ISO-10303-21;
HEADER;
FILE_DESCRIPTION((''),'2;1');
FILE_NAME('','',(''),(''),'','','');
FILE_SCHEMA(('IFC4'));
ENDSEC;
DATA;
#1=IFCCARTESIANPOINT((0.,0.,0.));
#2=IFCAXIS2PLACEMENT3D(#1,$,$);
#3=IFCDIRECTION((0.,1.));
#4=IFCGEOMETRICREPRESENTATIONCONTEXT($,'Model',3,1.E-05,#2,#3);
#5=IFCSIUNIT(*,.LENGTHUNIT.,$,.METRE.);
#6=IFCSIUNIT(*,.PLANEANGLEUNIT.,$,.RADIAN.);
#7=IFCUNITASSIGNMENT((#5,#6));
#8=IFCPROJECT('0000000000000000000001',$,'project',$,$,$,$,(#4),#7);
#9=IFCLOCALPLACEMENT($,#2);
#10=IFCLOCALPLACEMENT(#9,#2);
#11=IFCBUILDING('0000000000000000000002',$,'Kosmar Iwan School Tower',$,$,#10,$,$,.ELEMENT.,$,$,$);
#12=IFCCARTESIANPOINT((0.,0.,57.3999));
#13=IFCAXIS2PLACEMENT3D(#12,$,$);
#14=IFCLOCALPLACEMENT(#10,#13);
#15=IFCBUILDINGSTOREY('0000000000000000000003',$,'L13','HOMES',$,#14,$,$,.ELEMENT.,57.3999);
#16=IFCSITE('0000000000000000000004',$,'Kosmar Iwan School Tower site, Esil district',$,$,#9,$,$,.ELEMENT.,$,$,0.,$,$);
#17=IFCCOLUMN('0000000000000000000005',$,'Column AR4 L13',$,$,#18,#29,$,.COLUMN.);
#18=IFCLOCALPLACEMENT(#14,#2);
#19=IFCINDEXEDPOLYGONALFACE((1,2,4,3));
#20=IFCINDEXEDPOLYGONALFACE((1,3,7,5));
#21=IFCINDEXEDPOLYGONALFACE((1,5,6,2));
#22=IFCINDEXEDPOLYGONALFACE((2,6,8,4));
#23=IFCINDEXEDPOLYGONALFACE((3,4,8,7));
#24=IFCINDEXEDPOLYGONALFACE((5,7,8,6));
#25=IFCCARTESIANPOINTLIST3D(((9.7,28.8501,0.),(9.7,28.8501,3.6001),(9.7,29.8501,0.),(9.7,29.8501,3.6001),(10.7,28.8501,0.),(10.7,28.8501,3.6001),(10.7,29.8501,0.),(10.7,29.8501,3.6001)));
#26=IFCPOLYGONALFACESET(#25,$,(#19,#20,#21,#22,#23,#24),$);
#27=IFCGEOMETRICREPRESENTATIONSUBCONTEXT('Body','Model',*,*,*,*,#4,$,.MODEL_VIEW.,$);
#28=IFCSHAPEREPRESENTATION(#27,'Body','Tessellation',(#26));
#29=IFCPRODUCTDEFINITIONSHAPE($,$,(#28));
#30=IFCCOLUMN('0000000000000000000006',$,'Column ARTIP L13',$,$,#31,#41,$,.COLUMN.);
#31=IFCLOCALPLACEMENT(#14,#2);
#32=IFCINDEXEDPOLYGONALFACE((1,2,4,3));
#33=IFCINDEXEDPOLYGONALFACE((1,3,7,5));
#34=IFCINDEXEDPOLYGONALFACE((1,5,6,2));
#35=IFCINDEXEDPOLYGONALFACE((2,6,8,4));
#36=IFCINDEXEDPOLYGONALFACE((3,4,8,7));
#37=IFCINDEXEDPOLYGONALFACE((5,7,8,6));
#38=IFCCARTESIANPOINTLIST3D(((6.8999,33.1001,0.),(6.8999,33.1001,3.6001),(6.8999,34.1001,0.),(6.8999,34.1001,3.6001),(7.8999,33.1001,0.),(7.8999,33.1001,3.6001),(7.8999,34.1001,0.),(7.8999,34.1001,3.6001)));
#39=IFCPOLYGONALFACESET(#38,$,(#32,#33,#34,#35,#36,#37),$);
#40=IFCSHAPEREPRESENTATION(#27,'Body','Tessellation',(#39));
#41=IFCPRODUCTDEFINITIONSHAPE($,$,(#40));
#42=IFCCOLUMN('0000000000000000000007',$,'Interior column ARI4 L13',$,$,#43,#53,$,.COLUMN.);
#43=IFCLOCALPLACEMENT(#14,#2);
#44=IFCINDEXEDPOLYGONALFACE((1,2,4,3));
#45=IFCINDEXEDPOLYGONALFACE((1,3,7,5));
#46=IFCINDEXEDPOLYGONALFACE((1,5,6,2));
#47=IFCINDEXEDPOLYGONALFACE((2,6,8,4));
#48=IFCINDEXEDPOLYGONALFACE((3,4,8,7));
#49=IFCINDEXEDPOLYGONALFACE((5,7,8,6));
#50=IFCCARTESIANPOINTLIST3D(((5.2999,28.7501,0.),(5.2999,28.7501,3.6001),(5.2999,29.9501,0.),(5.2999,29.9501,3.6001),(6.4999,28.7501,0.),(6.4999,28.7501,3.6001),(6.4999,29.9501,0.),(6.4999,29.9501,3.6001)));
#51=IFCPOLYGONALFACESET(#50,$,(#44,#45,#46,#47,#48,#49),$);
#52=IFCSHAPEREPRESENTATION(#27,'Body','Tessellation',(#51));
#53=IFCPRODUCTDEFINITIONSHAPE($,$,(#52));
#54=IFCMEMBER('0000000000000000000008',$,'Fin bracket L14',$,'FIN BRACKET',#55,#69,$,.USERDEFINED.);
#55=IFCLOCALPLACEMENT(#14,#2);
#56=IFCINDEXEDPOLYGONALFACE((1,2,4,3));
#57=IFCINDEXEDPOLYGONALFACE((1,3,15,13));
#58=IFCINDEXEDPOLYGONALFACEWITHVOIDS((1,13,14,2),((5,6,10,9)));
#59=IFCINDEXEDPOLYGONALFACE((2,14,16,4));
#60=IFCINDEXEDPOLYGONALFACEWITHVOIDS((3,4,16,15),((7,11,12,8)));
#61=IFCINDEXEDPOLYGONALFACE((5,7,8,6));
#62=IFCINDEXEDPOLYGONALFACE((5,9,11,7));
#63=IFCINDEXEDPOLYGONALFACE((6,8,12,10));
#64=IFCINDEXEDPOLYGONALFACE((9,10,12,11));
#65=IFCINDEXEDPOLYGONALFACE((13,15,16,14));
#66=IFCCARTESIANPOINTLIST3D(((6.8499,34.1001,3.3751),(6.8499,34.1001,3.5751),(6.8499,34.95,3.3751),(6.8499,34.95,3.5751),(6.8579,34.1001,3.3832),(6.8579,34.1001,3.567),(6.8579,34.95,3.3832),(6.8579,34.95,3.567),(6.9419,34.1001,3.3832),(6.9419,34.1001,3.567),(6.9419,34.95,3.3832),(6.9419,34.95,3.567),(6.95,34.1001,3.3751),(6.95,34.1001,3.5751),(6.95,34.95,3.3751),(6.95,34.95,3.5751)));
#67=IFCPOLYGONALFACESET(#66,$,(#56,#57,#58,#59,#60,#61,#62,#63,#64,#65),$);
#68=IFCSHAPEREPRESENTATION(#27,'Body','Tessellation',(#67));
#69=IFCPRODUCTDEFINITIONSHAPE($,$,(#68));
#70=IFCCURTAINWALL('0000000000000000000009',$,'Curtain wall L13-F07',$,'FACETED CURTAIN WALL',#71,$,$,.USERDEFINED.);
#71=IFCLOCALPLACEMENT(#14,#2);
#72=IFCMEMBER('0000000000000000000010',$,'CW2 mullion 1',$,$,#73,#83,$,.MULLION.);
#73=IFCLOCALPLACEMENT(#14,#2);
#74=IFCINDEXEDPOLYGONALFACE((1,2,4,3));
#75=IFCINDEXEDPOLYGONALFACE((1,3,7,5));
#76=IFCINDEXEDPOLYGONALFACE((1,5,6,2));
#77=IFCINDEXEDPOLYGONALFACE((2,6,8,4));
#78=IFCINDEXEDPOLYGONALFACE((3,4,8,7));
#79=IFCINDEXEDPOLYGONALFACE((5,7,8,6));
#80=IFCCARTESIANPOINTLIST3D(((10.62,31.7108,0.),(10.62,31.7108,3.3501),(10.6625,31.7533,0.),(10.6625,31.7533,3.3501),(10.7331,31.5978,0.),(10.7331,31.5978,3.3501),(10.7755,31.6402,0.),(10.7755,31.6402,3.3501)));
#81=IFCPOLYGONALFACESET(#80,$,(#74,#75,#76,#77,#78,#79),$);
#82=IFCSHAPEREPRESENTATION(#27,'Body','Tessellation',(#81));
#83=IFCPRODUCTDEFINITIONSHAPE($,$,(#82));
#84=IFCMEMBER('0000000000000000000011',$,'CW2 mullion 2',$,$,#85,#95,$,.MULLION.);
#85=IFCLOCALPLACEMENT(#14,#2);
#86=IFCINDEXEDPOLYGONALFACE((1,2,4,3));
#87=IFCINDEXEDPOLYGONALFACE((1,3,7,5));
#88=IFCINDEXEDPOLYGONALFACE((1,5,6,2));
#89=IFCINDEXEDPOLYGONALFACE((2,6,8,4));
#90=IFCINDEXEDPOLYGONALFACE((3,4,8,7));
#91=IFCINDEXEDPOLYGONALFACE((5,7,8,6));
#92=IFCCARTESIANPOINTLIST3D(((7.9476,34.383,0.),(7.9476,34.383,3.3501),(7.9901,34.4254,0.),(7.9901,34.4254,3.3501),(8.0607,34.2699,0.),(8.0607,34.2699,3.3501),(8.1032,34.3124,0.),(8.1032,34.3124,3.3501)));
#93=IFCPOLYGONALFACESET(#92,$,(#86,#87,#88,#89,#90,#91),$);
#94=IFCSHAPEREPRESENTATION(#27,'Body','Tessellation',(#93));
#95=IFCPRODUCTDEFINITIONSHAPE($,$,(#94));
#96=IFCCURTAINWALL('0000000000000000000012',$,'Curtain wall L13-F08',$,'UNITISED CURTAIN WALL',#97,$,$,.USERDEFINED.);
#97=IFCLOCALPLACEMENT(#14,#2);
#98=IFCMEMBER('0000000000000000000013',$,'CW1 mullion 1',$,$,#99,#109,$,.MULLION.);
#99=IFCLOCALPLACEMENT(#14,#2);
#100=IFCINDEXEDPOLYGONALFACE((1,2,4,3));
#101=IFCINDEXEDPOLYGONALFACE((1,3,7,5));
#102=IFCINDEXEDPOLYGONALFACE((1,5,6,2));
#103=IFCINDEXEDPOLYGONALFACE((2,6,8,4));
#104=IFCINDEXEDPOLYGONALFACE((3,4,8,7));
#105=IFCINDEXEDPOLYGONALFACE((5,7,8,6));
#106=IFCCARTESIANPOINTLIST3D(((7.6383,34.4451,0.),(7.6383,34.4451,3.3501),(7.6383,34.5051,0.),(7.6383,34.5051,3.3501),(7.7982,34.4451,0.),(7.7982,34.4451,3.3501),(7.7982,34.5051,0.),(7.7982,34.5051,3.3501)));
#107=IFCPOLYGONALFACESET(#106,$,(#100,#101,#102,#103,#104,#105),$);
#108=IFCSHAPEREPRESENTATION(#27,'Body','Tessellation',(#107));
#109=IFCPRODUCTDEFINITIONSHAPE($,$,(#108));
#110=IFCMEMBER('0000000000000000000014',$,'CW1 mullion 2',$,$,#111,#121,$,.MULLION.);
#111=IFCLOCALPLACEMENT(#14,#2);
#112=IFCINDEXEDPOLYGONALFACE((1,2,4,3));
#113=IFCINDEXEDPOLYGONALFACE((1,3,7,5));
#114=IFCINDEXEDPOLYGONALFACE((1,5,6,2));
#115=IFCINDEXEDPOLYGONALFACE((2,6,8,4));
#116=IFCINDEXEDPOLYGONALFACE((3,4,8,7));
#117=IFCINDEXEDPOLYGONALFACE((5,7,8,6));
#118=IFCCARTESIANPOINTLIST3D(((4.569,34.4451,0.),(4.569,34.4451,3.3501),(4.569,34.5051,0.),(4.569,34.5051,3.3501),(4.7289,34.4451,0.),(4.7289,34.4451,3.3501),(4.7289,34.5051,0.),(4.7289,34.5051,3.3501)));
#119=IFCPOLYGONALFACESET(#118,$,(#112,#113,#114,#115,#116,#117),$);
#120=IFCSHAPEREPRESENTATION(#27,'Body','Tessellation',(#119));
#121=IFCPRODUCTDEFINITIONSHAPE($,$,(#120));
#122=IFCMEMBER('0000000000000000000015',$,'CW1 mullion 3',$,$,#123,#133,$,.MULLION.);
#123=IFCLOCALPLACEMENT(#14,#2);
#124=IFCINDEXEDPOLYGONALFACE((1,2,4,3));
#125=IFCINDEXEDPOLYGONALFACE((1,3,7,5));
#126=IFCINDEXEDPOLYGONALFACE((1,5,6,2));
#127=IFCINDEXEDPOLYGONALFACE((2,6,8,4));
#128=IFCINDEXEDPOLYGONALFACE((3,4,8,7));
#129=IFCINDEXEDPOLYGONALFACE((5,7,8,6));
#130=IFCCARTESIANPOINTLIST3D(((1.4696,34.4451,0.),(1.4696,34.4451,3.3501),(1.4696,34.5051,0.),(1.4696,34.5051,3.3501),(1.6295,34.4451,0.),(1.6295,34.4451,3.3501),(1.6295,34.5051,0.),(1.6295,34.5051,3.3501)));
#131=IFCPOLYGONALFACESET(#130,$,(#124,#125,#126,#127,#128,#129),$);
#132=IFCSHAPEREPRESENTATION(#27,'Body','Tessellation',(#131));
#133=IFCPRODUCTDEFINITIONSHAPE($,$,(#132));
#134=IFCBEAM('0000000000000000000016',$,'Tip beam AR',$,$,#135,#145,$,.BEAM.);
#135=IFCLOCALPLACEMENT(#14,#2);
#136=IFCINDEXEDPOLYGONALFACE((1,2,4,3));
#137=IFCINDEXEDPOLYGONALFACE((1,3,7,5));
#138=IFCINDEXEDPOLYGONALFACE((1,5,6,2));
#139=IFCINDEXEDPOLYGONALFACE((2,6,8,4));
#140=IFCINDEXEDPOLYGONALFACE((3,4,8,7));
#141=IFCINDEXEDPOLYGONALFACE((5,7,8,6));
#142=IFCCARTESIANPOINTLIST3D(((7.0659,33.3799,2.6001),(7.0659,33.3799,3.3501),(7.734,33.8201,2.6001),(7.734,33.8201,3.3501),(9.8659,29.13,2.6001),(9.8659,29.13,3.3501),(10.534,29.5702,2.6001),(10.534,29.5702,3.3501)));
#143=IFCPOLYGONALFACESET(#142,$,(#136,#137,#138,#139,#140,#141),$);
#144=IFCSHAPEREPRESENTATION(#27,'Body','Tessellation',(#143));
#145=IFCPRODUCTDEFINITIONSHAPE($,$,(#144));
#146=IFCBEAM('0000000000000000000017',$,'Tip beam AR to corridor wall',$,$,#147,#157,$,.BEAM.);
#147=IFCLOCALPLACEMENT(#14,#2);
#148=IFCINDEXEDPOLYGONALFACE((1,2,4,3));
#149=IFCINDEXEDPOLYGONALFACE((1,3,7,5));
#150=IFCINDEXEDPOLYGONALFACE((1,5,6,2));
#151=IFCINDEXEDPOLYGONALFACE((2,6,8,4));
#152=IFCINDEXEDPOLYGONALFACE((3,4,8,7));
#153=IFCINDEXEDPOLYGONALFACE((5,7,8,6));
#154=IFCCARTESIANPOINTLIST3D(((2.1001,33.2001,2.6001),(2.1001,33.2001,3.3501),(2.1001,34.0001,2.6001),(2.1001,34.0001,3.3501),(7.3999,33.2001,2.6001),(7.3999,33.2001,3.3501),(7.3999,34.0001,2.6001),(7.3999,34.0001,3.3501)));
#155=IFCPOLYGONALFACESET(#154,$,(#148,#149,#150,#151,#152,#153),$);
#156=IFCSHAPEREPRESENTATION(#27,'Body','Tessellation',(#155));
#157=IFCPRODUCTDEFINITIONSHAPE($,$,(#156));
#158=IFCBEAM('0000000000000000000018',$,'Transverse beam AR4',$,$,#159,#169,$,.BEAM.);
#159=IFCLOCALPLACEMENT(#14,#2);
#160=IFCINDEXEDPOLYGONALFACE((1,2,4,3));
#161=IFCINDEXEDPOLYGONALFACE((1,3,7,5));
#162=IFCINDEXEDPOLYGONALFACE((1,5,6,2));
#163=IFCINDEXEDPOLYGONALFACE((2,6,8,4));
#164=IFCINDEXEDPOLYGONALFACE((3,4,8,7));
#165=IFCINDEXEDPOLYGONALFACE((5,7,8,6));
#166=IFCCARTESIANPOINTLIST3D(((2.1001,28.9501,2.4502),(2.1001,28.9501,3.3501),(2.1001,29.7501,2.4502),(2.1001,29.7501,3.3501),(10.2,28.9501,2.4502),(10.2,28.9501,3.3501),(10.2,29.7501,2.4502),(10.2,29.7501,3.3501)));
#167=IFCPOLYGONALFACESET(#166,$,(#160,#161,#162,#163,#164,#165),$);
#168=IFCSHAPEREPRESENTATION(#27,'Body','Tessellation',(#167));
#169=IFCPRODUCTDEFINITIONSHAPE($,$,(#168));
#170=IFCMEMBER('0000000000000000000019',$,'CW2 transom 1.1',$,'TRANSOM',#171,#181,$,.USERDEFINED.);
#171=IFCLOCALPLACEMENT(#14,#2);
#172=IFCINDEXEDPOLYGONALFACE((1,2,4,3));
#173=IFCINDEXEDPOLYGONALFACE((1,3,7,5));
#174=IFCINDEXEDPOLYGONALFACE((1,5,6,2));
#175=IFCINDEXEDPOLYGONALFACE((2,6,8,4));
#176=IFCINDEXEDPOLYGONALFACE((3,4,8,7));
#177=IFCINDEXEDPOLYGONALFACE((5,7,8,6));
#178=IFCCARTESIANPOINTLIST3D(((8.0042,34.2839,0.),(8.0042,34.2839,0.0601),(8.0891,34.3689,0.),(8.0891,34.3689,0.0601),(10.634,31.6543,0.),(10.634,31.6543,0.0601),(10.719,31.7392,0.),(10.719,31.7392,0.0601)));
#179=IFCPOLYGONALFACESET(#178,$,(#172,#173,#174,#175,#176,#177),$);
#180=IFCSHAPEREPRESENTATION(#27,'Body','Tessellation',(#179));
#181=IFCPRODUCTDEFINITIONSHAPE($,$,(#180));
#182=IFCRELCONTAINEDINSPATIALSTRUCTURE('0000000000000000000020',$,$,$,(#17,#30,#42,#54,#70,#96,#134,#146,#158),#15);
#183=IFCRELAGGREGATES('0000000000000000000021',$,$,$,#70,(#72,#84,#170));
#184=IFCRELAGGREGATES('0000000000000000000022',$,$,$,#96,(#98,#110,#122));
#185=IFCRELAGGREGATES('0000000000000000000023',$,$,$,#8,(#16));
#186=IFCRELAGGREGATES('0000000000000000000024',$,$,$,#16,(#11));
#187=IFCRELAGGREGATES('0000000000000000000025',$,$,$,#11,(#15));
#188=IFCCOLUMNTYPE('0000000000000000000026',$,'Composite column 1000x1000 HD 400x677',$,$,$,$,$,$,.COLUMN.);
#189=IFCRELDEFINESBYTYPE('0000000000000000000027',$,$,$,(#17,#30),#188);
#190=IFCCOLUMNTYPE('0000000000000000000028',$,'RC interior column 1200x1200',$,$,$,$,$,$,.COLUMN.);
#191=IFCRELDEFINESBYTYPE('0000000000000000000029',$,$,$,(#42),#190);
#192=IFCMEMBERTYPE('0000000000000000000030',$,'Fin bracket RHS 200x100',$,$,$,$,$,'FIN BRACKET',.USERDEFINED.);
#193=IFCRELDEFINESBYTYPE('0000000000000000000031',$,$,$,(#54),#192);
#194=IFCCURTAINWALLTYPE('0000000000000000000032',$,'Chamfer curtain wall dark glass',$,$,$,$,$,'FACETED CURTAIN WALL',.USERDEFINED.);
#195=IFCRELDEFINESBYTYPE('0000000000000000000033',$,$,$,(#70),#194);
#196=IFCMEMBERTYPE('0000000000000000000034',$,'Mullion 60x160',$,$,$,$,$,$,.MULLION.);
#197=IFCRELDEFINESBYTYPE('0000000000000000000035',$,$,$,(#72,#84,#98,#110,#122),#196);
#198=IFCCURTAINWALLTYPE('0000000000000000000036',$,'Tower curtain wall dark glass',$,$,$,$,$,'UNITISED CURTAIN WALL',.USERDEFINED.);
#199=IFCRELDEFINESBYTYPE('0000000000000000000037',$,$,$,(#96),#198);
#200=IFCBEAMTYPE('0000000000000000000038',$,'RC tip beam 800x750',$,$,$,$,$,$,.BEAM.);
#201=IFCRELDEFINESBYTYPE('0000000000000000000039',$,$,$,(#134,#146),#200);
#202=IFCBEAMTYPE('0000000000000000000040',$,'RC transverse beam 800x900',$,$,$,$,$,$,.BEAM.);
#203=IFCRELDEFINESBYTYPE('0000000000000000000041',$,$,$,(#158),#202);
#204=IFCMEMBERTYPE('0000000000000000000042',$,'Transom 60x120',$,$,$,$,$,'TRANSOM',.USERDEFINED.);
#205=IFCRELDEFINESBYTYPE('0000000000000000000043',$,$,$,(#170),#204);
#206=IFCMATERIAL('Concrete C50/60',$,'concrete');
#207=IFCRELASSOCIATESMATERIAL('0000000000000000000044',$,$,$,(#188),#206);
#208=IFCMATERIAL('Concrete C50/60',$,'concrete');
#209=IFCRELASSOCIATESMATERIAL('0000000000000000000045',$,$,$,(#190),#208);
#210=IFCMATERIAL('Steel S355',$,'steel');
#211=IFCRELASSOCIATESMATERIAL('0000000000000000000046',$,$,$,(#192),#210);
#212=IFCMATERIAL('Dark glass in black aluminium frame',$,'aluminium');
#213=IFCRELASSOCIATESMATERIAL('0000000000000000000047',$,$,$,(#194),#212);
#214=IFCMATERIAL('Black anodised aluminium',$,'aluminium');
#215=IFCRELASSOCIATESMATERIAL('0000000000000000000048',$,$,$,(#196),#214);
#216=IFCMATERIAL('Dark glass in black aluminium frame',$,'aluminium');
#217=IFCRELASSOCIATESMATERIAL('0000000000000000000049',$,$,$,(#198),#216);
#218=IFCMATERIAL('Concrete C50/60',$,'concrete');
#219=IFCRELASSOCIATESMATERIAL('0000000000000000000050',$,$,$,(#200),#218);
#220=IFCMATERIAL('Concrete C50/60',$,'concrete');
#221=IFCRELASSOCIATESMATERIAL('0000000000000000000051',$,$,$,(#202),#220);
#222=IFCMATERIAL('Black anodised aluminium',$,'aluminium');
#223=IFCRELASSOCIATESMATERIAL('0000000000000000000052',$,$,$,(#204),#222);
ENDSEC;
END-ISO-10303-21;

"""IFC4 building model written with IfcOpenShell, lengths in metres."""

from ifc_helpers import new_model, si_unit, direction, frame, origin, origin_2d, place, context, subcontext, project, spatial, rectangle, hollow_rectangle, extrude, material, material_profile, profile_set, type_object, element, aggregate, save


model = new_model("IFC4")

# Units and contexts
model_context = context("Model", 3, precision=1e-05, world=origin(), true_north=direction((0.0, 1.0)))
body_context = subcontext(model_context, "Body", "Model", "MODEL_VIEW")
ifc_project = project(units=[si_unit("LENGTHUNIT", "METRE"), si_unit("PLANEANGLEUNIT", "RADIAN")], contexts=[model_context])

# Site, building, storey
site_placement = place(None, origin())
site = spatial("IfcSite", under=ifc_project, at=site_placement, Name="Kosmar Iwan School Tower site, Esil district", CompositionType="ELEMENT", RefElevation=0.0)
building_placement = place(site_placement, origin())
building = spatial("IfcBuilding", under=site, at=building_placement, Name="Kosmar Iwan School Tower", CompositionType="ELEMENT")
storey_placement = place(building_placement, frame((0.0, 0.0, 57.3999)))
storey = spatial("IfcBuildingStorey", under=building, at=storey_placement, Name="L13", Description="HOMES", CompositionType="ELEMENT", Elevation=57.3999)

# Columns
ifc_material_1 = material(Name="Concrete C50/60", Category="concrete")
ifc_material_profile_1 = material_profile(ifc_material_1, rectangle(XDim=1.0, YDim=1.0, at=origin_2d()), Name="RC 1000x1000 + HD 400x677")
ifc_profile_set_1 = profile_set([ifc_material_profile_1], Name="Concrete C50/60")
column_type_1 = type_object("IfcColumnType", Name="Composite column 1000x1000 HD 400x677", PredefinedType="COLUMN", material=ifc_profile_set_1)
for number, where, z_axis, x_axis, name in (
    (1, (10.2, 29.3501, 0.0), (0.0, 0.0, 1.0), (0.0, 1.0, 0.0), "Column AR4 L13"),
    (2, (7.3999, 33.6001, 0.0), (0.0, 0.0, 1.0), (0.0, 1.0, 0.0), "Column ARTIP L13"),
):
    element("IfcColumn", number, at=place(storey_placement, frame(where, z_axis=z_axis, x_axis=x_axis)), inside=storey, type_object=column_type_1, Name=name, PredefinedType="COLUMN", context=body_context, shape_type="SweptSolid", body=[
        extrude(rectangle(XDim=1.0, YDim=1.0, at=origin_2d()), origin(), (0.0, 0.0, 1.0), 3.6001),
    ])
ifc_material_2 = material(Name="Concrete C50/60", Category="concrete")
ifc_material_profile_2 = material_profile(ifc_material_2, rectangle(XDim=1.2, YDim=1.2, at=origin_2d()), Name="RC 1200x1200")
ifc_profile_set_2 = profile_set([ifc_material_profile_2], Name="Concrete C50/60")
column_type_2 = type_object("IfcColumnType", Name="RC interior column 1200x1200", PredefinedType="COLUMN", material=ifc_profile_set_2)
column_placement = place(storey_placement, frame((5.8999, 29.3501, 0.0), z_axis=(0.0, 0.0, 1.0), x_axis=(0.0, 1.0, 0.0)))
element("IfcColumn", 3, at=column_placement, inside=storey, type_object=column_type_2, Name="Interior column ARI4 L13", PredefinedType="COLUMN", context=body_context, shape_type="SweptSolid", body=[
    extrude(rectangle(XDim=1.2, YDim=1.2, at=origin_2d()), origin(), (0.0, 0.0, 1.0), 3.6001),
])

# Member
ifc_material_3 = material(Name="Steel S355", Category="steel")
ifc_material_profile_3 = material_profile(ifc_material_3, hollow_rectangle(XDim=0.1001, YDim=0.2, WallThickness=0.0081, at=origin_2d()), Name="RHS 200x100x8")
ifc_profile_set_3 = profile_set([ifc_material_profile_3], Name="Steel S355")
member_type_1 = type_object("IfcMemberType", Name="Fin bracket RHS 200x100", ElementType="FIN BRACKET", PredefinedType="USERDEFINED", material=ifc_profile_set_3)
member_1_placement = place(storey_placement, frame((6.8999, 34.1001, 3.4751), z_axis=(0.0, 1.0, 0.0), x_axis=(-1.0, 0.0, 0.0)))
element("IfcMember", 4, at=member_1_placement, inside=storey, type_object=member_type_1, Name="Fin bracket L14", ObjectType="FIN BRACKET", PredefinedType="USERDEFINED", context=body_context, shape_type="SweptSolid", body=[
    extrude(hollow_rectangle(XDim=0.1001, YDim=0.2, WallThickness=0.0081, at=origin_2d()), origin(), (0.0, 0.0, 1.0), 0.8499),
])

# Curtain walls, members
ifc_material_4 = material(Name="Dark glass in black aluminium frame", Category="aluminium")
curtain_wall_type_1 = type_object("IfcCurtainWallType", Name="Chamfer curtain wall dark glass", ElementType="FACETED CURTAIN WALL", PredefinedType="USERDEFINED", material=ifc_material_4)
curtain_wall_1_placement = place(storey_placement, origin())
curtain_wall_1 = element("IfcCurtainWall", 5, at=curtain_wall_1_placement, inside=storey, type_object=curtain_wall_type_1, Name="Curtain wall L13-F07", ObjectType="FACETED CURTAIN WALL", PredefinedType="USERDEFINED")
ifc_material_5 = material(Name="Black anodised aluminium", Category="aluminium")
ifc_material_profile_4 = material_profile(ifc_material_5, rectangle(XDim=0.0601, YDim=0.1599, at=origin_2d()), Name="MULLION 60x160")
ifc_profile_set_4 = profile_set([ifc_material_profile_4], Name="Black anodised aluminium")
member_type_2 = type_object("IfcMemberType", Name="Mullion 60x160", PredefinedType="MULLION", material=ifc_profile_set_4)
member_2_placement = place(storey_placement, frame((10.6978, 31.6755, 0.0), z_axis=(0.0, 0.0, 1.0), x_axis=(-0.707107, -0.707107, 0.0)))
member_2 = element("IfcMember", 6, at=member_2_placement, type_object=member_type_2, Name="CW2 mullion 1", PredefinedType="MULLION", context=body_context, shape_type="SweptSolid", body=[
    extrude(rectangle(XDim=0.0601, YDim=0.1599, at=origin_2d()), origin(), (0.0, 0.0, 1.0), 3.3501),
])
member_3_placement = place(storey_placement, frame((8.0254, 34.3477, 0.0), z_axis=(0.0, 0.0, 1.0), x_axis=(-0.707107, -0.707107, 0.0)))
member_3 = element("IfcMember", 7, at=member_3_placement, type_object=member_type_2, Name="CW2 mullion 2", PredefinedType="MULLION", context=body_context, shape_type="SweptSolid", body=[
    extrude(rectangle(XDim=0.0601, YDim=0.1599, at=origin_2d()), origin(), (0.0, 0.0, 1.0), 3.3501),
])
ifc_material_6 = material(Name="Dark glass in black aluminium frame", Category="aluminium")
curtain_wall_type_2 = type_object("IfcCurtainWallType", Name="Tower curtain wall dark glass", ElementType="UNITISED CURTAIN WALL", PredefinedType="USERDEFINED", material=ifc_material_6)
curtain_wall_2_placement = place(storey_placement, origin())
curtain_wall_2 = element("IfcCurtainWall", 8, at=curtain_wall_2_placement, inside=storey, type_object=curtain_wall_type_2, Name="Curtain wall L13-F08", ObjectType="UNITISED CURTAIN WALL", PredefinedType="USERDEFINED")
member_4_placement = place(storey_placement, frame((7.7183, 34.4751, 0.0), z_axis=(0.0, 0.0, 1.0), x_axis=(0.0, -1.0, 0.0)))
member_4 = element("IfcMember", 9, at=member_4_placement, type_object=member_type_2, Name="CW1 mullion 1", PredefinedType="MULLION", context=body_context, shape_type="SweptSolid", body=[
    extrude(rectangle(XDim=0.0601, YDim=0.1599, at=origin_2d()), origin(), (0.0, 0.0, 1.0), 3.3501),
])
member_5_placement = place(storey_placement, frame((4.6489, 34.4751, 0.0), z_axis=(0.0, 0.0, 1.0), x_axis=(0.0, -1.0, 0.0)))
member_5 = element("IfcMember", 10, at=member_5_placement, type_object=member_type_2, Name="CW1 mullion 2", PredefinedType="MULLION", context=body_context, shape_type="SweptSolid", body=[
    extrude(rectangle(XDim=0.0601, YDim=0.1599, at=origin_2d()), origin(), (0.0, 0.0, 1.0), 3.3501),
])
member_6_placement = place(storey_placement, frame((1.5496, 34.4751, 0.0), z_axis=(0.0, 0.0, 1.0), x_axis=(0.0, -1.0, 0.0)))
member_6 = element("IfcMember", 11, at=member_6_placement, type_object=member_type_2, Name="CW1 mullion 3", PredefinedType="MULLION", context=body_context, shape_type="SweptSolid", body=[
    extrude(rectangle(XDim=0.0601, YDim=0.1599, at=origin_2d()), origin(), (0.0, 0.0, 1.0), 3.3501),
])

# Beams
ifc_material_7 = material(Name="Concrete C50/60", Category="concrete")
ifc_material_profile_5 = material_profile(ifc_material_7, rectangle(XDim=0.8, YDim=0.75, at=origin_2d()), Name="RC 800x750")
ifc_profile_set_5 = profile_set([ifc_material_profile_5], Name="Concrete C50/60")
beam_type_1 = type_object("IfcBeamType", Name="RC tip beam 800x750", PredefinedType="BEAM", material=ifc_profile_set_5)
beam_1_placement = place(storey_placement, frame((10.2, 29.3501, 2.9751), z_axis=(-0.550164, 0.835056, 0.0), x_axis=(-0.835056, -0.550164, 0.0)))
element("IfcBeam", 12, at=beam_1_placement, inside=storey, type_object=beam_type_1, Name="Tip beam AR", PredefinedType="BEAM", context=body_context, shape_type="SweptSolid", body=[
    extrude(rectangle(XDim=0.8, YDim=0.75, at=origin_2d()), origin(), (0.0, 0.0, 1.0), 5.0894),
])
beam_2_placement = place(storey_placement, frame((7.3999, 33.6001, 2.9751), z_axis=(-1.0, 0.0, 0.0), x_axis=(0.0, -1.0, 0.0)))
element("IfcBeam", 13, at=beam_2_placement, inside=storey, type_object=beam_type_1, Name="Tip beam AR to corridor wall", PredefinedType="BEAM", context=body_context, shape_type="SweptSolid", body=[
    extrude(rectangle(XDim=0.8, YDim=0.75, at=origin_2d()), origin(), (0.0, 0.0, 1.0), 5.2998),
])
ifc_material_8 = material(Name="Concrete C50/60", Category="concrete")
ifc_material_profile_6 = material_profile(ifc_material_8, rectangle(XDim=0.8, YDim=0.8999, at=origin_2d()), Name="RC 800x900")
ifc_profile_set_6 = profile_set([ifc_material_profile_6], Name="Concrete C50/60")
beam_type_2 = type_object("IfcBeamType", Name="RC transverse beam 800x900", PredefinedType="BEAM", material=ifc_profile_set_6)
beam_3_placement = place(storey_placement, frame((10.2, 29.3501, 2.9001), z_axis=(-1.0, 0.0, 0.0), x_axis=(0.0, -1.0, 0.0)))
element("IfcBeam", 14, at=beam_3_placement, inside=storey, type_object=beam_type_2, Name="Transverse beam AR4", PredefinedType="BEAM", context=body_context, shape_type="SweptSolid", body=[
    extrude(rectangle(XDim=0.8, YDim=0.8999, at=origin_2d()), origin(), (0.0, 0.0, 1.0), 8.0999),
])

# Member
ifc_material_9 = material(Name="Black anodised aluminium", Category="aluminium")
ifc_material_profile_7 = material_profile(ifc_material_9, rectangle(XDim=0.1201, YDim=0.0601, at=origin_2d()), Name="TRANSOM 60x120")
ifc_profile_set_7 = profile_set([ifc_material_profile_7], Name="Black anodised aluminium")
member_type_3 = type_object("IfcMemberType", Name="Transom 60x120", ElementType="TRANSOM", PredefinedType="USERDEFINED", material=ifc_profile_set_7)
member_7_placement = place(storey_placement, frame((10.6765, 31.6968, 0.03), z_axis=(-0.70714, 0.707074, 0.0), x_axis=(-0.707074, -0.70714, 0.0)))
member_7 = element("IfcMember", 15, at=member_7_placement, type_object=member_type_3, Name="CW2 transom 1.1", ObjectType="TRANSOM", PredefinedType="USERDEFINED", context=body_context, shape_type="SweptSolid", body=[
    extrude(rectangle(XDim=0.1201, YDim=0.0601, at=origin_2d()), origin(), (0.0, 0.0, 1.0), 3.719),
])

aggregate(curtain_wall_1, [member_2, member_3, member_7])
aggregate(curtain_wall_2, [member_4, member_5, member_6])

save(model, "model.ifc")
